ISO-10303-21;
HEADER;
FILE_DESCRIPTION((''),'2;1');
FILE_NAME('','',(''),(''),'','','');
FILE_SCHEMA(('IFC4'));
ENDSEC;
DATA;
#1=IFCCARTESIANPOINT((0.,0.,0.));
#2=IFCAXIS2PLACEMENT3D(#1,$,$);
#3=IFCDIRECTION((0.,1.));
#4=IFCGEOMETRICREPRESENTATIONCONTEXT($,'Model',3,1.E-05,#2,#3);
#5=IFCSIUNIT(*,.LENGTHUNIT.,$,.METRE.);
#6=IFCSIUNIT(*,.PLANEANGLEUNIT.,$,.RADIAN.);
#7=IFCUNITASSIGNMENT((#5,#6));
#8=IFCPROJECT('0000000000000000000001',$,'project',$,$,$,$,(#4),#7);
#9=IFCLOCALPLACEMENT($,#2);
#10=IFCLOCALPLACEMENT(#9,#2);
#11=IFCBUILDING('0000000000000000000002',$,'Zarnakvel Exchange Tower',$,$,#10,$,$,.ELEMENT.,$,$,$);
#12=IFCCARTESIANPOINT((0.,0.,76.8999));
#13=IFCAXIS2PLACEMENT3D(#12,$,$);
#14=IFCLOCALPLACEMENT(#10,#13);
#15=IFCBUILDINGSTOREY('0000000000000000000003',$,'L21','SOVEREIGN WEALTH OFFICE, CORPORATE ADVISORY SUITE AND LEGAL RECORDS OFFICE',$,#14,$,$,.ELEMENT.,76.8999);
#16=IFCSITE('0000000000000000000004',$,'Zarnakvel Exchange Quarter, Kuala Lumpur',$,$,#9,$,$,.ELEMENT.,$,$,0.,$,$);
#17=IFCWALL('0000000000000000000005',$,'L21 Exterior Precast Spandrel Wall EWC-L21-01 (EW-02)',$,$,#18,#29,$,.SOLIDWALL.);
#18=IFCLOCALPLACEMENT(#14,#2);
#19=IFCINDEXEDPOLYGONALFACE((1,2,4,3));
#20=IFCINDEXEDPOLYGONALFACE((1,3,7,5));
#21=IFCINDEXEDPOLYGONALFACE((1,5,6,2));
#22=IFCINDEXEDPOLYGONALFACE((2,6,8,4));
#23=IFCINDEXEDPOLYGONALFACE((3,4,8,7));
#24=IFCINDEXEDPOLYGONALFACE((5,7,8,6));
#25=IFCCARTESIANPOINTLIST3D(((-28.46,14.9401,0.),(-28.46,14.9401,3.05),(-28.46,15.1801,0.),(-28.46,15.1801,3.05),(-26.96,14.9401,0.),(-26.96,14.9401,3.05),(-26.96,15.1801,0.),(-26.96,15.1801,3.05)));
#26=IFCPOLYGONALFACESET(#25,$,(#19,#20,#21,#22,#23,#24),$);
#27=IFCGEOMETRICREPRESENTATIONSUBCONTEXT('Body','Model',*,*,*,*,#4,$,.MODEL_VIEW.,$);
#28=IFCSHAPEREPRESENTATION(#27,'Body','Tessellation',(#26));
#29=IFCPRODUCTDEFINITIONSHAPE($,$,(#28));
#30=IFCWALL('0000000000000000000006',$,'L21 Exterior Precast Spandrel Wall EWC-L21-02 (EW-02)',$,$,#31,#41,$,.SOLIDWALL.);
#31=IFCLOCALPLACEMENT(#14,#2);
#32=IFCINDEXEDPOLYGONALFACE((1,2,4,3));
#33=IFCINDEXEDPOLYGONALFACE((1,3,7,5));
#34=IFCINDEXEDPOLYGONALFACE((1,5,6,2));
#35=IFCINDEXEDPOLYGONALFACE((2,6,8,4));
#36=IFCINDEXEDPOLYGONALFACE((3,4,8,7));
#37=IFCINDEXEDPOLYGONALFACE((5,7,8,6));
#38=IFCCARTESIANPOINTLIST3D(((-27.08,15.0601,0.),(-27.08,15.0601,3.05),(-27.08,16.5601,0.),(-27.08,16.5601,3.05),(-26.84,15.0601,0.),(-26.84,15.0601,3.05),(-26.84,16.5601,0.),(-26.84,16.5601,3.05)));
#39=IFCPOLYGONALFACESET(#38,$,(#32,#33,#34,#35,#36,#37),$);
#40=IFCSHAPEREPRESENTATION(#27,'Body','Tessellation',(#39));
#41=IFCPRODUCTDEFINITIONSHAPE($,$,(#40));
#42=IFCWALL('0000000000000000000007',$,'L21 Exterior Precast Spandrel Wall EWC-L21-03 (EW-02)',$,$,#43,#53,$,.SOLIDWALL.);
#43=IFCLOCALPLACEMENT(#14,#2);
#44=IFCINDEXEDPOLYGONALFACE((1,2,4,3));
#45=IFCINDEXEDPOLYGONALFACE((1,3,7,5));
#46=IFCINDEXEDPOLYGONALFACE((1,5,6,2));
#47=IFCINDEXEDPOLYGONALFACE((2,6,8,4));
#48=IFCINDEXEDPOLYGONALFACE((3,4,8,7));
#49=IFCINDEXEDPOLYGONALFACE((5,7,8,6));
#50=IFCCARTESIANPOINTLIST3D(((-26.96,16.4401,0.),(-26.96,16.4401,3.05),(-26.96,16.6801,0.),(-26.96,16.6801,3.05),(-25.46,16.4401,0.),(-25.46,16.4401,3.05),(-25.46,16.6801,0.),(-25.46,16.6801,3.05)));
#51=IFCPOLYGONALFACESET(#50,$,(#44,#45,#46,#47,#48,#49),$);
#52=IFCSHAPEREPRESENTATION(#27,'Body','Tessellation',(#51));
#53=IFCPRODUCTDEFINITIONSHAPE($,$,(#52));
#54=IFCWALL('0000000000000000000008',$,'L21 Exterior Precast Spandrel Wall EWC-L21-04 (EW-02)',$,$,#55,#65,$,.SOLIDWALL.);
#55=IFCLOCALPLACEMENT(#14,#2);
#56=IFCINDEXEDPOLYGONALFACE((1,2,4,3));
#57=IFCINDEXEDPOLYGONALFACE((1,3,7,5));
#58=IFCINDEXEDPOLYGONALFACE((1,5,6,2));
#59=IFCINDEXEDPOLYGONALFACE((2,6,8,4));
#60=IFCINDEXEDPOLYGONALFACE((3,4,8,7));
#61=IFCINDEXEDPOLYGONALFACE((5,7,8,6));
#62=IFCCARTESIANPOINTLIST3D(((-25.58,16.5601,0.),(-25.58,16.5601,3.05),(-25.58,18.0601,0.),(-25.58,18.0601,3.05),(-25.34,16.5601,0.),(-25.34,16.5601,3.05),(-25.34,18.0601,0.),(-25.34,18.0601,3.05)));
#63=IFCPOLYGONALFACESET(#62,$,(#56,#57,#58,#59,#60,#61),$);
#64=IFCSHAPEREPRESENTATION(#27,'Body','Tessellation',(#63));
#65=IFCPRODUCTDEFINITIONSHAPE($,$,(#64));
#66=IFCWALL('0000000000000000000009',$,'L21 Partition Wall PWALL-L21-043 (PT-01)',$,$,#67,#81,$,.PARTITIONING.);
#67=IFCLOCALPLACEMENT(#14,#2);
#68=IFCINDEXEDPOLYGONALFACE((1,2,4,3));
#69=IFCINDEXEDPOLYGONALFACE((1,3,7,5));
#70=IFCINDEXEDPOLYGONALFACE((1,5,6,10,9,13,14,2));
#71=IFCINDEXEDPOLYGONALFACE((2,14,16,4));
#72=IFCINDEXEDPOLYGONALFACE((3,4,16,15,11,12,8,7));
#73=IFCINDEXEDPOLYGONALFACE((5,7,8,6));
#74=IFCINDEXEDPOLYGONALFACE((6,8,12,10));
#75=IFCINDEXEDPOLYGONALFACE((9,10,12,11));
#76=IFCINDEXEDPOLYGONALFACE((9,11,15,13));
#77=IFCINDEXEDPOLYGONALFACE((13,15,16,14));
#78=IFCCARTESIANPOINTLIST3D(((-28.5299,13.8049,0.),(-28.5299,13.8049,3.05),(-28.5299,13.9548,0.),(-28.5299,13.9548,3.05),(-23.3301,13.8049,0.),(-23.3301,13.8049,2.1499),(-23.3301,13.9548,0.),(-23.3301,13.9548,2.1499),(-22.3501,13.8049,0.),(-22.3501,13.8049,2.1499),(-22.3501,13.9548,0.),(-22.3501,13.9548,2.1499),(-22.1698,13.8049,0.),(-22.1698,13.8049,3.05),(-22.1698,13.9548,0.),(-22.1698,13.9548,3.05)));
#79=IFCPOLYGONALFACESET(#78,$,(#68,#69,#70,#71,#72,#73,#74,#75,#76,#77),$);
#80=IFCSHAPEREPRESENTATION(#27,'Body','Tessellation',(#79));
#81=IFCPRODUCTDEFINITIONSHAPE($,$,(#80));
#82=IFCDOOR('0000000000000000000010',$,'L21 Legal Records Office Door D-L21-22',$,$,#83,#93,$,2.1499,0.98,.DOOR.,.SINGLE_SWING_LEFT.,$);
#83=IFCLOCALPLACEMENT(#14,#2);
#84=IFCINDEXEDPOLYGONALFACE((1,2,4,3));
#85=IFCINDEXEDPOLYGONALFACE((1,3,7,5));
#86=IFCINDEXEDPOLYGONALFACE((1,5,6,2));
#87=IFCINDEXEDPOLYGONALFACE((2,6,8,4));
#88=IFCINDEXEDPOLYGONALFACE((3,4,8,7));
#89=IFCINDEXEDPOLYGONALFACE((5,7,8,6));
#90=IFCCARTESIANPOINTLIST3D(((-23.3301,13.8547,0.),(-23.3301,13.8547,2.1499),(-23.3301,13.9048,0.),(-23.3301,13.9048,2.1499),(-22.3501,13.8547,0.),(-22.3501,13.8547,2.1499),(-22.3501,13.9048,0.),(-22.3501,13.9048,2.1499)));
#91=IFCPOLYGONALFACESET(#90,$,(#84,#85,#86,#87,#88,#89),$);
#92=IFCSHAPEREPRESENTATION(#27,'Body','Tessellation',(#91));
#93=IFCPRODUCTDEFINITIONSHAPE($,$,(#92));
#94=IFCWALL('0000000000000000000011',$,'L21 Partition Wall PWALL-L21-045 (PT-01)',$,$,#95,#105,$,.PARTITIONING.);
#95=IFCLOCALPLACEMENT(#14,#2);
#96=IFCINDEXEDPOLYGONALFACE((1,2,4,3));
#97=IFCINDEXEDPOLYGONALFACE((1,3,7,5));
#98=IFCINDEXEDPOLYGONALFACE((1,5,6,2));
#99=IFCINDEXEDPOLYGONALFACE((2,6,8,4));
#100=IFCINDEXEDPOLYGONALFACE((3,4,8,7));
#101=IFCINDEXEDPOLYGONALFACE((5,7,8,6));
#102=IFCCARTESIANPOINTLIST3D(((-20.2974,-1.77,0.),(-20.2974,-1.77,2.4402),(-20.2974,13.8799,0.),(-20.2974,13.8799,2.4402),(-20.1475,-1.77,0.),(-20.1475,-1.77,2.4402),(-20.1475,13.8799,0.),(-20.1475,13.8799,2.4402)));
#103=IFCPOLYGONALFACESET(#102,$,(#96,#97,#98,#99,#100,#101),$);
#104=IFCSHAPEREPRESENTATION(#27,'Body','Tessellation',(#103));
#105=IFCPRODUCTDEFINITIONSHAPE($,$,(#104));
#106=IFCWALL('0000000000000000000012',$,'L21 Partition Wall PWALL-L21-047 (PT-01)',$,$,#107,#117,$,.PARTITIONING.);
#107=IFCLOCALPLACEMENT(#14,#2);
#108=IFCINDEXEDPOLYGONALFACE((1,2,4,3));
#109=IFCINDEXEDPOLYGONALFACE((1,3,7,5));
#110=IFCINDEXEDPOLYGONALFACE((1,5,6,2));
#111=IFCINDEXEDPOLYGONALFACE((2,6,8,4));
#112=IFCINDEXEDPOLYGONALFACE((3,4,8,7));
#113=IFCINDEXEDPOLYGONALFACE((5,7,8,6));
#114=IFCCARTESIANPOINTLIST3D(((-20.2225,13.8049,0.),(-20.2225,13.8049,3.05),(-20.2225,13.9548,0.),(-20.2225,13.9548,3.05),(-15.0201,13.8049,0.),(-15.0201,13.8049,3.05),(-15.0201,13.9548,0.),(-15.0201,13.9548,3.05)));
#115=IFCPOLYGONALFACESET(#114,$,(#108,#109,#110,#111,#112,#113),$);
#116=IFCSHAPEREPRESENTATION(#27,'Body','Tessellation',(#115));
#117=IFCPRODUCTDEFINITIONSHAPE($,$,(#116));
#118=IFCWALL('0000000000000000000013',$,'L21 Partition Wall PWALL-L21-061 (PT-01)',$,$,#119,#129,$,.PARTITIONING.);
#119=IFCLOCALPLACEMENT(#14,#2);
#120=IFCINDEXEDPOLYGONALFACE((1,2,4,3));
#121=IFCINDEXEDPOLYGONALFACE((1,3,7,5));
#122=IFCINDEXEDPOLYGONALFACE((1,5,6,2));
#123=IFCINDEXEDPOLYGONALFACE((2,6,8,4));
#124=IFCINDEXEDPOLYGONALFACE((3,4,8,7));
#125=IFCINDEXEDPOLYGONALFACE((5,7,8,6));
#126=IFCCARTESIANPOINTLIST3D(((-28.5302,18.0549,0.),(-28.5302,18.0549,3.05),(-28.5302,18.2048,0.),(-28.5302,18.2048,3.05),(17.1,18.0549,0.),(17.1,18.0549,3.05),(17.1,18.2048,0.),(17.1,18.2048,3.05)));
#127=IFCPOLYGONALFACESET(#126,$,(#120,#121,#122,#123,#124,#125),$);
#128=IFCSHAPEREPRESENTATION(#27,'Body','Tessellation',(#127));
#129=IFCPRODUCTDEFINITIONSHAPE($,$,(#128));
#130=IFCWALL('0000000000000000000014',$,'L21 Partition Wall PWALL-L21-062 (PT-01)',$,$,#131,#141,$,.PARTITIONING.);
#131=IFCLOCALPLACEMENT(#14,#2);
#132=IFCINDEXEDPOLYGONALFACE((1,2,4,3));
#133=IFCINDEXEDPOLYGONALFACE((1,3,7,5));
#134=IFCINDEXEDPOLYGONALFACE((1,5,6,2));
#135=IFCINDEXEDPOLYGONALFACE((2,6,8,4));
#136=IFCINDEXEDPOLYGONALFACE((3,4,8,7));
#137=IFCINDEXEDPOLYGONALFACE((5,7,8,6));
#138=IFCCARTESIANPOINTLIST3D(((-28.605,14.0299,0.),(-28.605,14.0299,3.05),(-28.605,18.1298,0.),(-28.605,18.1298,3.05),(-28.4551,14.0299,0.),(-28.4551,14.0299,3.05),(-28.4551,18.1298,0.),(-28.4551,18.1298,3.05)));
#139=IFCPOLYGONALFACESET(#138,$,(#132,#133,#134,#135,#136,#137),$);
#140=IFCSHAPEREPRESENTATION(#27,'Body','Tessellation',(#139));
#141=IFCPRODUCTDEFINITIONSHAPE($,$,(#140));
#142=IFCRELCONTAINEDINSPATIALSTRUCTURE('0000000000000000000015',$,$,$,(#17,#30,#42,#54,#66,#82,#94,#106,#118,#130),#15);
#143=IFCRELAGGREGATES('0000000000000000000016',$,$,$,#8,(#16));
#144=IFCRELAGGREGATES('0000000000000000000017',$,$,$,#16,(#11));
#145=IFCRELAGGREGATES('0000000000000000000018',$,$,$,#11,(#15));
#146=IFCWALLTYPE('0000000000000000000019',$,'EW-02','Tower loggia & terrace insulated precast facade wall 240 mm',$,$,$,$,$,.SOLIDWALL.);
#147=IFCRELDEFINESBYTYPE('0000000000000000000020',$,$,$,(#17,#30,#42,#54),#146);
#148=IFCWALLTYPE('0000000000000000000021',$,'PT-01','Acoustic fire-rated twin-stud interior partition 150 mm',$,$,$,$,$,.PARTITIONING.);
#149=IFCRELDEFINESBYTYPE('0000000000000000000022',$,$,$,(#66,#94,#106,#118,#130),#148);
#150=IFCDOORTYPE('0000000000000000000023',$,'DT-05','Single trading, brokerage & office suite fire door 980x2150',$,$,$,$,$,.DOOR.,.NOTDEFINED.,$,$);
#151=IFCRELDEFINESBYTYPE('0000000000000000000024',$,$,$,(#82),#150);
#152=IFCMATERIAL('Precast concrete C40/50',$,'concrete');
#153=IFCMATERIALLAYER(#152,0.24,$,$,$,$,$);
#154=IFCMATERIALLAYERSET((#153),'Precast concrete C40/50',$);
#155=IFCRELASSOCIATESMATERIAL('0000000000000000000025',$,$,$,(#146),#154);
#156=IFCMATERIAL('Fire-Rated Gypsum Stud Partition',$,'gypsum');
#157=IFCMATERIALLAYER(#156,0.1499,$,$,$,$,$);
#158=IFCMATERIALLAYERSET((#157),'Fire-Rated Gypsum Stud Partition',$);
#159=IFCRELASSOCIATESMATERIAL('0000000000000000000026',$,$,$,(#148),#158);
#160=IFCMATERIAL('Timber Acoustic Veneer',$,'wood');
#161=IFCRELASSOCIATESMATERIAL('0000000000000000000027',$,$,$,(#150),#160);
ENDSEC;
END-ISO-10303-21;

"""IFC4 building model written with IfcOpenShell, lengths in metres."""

from ifc_helpers import new_model, si_unit, direction, frame, frame_2d, origin, place, context, subcontext, project, spatial, rectangle, extrude, source, transform, mapped, material, layer, layer_set, type_object, element, fill, save


model = new_model("IFC4")

# Units and contexts
model_context = context("Model", 3, precision=1e-05, world=origin(), true_north=direction((0.0, 1.0)))
body_context = subcontext(model_context, "Body", "Model", "MODEL_VIEW")
ifc_project = project(units=[si_unit("LENGTHUNIT", "METRE"), si_unit("PLANEANGLEUNIT", "RADIAN")], contexts=[model_context])

# Site, building, storey
site_placement = place(None, origin())
site = spatial("IfcSite", under=ifc_project, at=site_placement, Name="Zarnakvel Exchange Quarter, Kuala Lumpur", CompositionType="ELEMENT", RefElevation=0.0)
building_placement = place(site_placement, origin())
building = spatial("IfcBuilding", under=site, at=building_placement, Name="Zarnakvel Exchange Tower", CompositionType="ELEMENT")
storey_placement = place(building_placement, frame((0.0, 0.0, 76.8999)))
storey = spatial("IfcBuildingStorey", under=building, at=storey_placement, Name="L21", Description="SOVEREIGN WEALTH OFFICE, CORPORATE ADVISORY SUITE AND LEGAL RECORDS OFFICE", CompositionType="ELEMENT", Elevation=76.8999)

# Walls
ifc_material_1 = material(Name="Precast concrete C40/50", Category="concrete")
ifc_layer_1 = layer(ifc_material_1, 0.24)
ifc_layer_set_1 = layer_set([ifc_layer_1], Name="Precast concrete C40/50")
wall_type_1 = type_object("IfcWallType", Name="EW-02", Description="Tower loggia & terrace insulated precast facade wall 240 mm", PredefinedType="SOLIDWALL", material=ifc_layer_set_1)
for number, where, z_axis, x_axis, name in (
    (1, (-26.96, 15.0601, 0.0), (0.0, 0.0, 1.0), (-1.0, 0.0, 0.0), "L21 Exterior Precast Spandrel Wall EWC-L21-01 (EW-02)"),
    (2, (-26.96, 16.5601, 0.0), (0.0, 0.0, 1.0), (0.0, -1.0, 0.0), "L21 Exterior Precast Spandrel Wall EWC-L21-02 (EW-02)"),
    (3, (-25.46, 16.5601, 0.0), (0.0, 0.0, 1.0), (-1.0, 0.0, 0.0), "L21 Exterior Precast Spandrel Wall EWC-L21-03 (EW-02)"),
    (4, (-25.46, 18.0601, 0.0), (0.0, 0.0, 1.0), (0.0, -1.0, 0.0), "L21 Exterior Precast Spandrel Wall EWC-L21-04 (EW-02)"),
):
    element("IfcWall", number, at=place(storey_placement, frame(where, z_axis=z_axis, x_axis=x_axis)), inside=storey, type_object=wall_type_1, Name=name, PredefinedType="SOLIDWALL", context=body_context, shape_type="SweptSolid", body=[
        extrude(rectangle(XDim=1.5, YDim=0.24, at=frame_2d((0.75, 0.0))), origin(), (0.0, 0.0, 1.0), 3.05),
    ])

# Wall, opening, door
ifc_material_2 = material(Name="Fire-Rated Gypsum Stud Partition", Category="gypsum")
ifc_layer_2 = layer(ifc_material_2, 0.1499)
ifc_layer_set_2 = layer_set([ifc_layer_2], Name="Fire-Rated Gypsum Stud Partition")
wall_type_2 = type_object("IfcWallType", Name="PT-01", Description="Acoustic fire-rated twin-stud interior partition 150 mm", PredefinedType="PARTITIONING", material=ifc_layer_set_2)
wall_1_placement = place(storey_placement, frame((-28.53, 13.8799, 0.0), z_axis=(0.0, 0.0, 1.0), x_axis=(1.0, 0.0, 0.0)))
wall_1 = element("IfcWall", 5, at=wall_1_placement, inside=storey, type_object=wall_type_2, Name="L21 Partition Wall PWALL-L21-043 (PT-01)", PredefinedType="PARTITIONING", context=body_context, shape_type="SweptSolid", body=[
    extrude(rectangle(XDim=6.3601, YDim=0.1499, at=frame_2d((3.1802, 0.0))), origin(), (0.0, 0.0, 1.0), 3.05),
])
opening_placement = place(wall_1_placement, frame((5.2, 0.0, 0.0)))
opening = element("IfcOpeningElement", 6, at=opening_placement, cuts=wall_1, PredefinedType="OPENING", context=body_context, shape_type="SweptSolid", body=[
    extrude(rectangle(XDim=0.98, YDim=2.1499, at=frame_2d((0.49, 1.075))), frame((0.0, 0.085, 0.0), z_axis=(0.0, -1.0, 0.0), x_axis=(1.0, 0.0, 0.0)), (0.0, 0.0, 1.0), 0.1699),
])
ifc_material_3 = material(Name="Timber Acoustic Veneer", Category="wood")
door_type = type_object("IfcDoorType", Name="DT-05", Description="Single trading, brokerage & office suite fire door 980x2150", OperationType="NOTDEFINED", PredefinedType="DOOR", material=ifc_material_3)
shared_shape_1 = source(origin(), body_context, "Body", "SweptSolid", [
    extrude(rectangle(XDim=0.98, YDim=2.1499, at=frame_2d((0.49, 1.075))), frame((0.0, 0.0249, 0.0), z_axis=(0.0, -1.0, 0.0), x_axis=(1.0, 0.0, 0.0)), (0.0, 0.0, 1.0), 0.05),
])
door_placement = place(opening_placement, origin())
door = element("IfcDoor", 7, at=door_placement, inside=storey, type_object=door_type, Name="L21 Legal Records Office Door D-L21-22", OperationType="SINGLE_SWING_LEFT", OverallHeight=2.1499, OverallWidth=0.98, PredefinedType="DOOR", context=body_context, shape_type="MappedRepresentation", body=[
    mapped(shared_shape_1, transform((0.0, 0.0, 0.0), x_axis=(1.0, 0.0, 0.0), y_axis=(0.0, 1.0, 0.0), z_axis=(0.0, 0.0, 1.0), scale=1.0)),
])
fill(opening, door)

# Walls
wall_2_placement = place(storey_placement, frame((-20.2224, 13.8799, 0.0), z_axis=(0.0, 0.0, 1.0), x_axis=(0.0, -1.0, 0.0)))
element("IfcWall", 8, at=wall_2_placement, inside=storey, type_object=wall_type_2, Name="L21 Partition Wall PWALL-L21-045 (PT-01)", PredefinedType="PARTITIONING", context=body_context, shape_type="SweptSolid", body=[
    extrude(rectangle(XDim=15.6499, YDim=0.1499, at=frame_2d((7.825, 0.0))), origin(), (0.0, 0.0, 1.0), 2.4402),
])
wall_3_placement = place(storey_placement, frame((-20.2224, 13.8799, 0.0), z_axis=(0.0, 0.0, 1.0), x_axis=(1.0, 0.0, 0.0)))
element("IfcWall", 9, at=wall_3_placement, inside=storey, type_object=wall_type_2, Name="L21 Partition Wall PWALL-L21-047 (PT-01)", PredefinedType="PARTITIONING", context=body_context, shape_type="SweptSolid", body=[
    extrude(rectangle(XDim=5.2024, YDim=0.1499, at=frame_2d((2.6011, 0.0))), origin(), (0.0, 0.0, 1.0), 3.05),
])
wall_4_placement = place(storey_placement, frame((-28.53, 18.1299, 0.0), z_axis=(0.0, 0.0, 1.0), x_axis=(1.0, 0.0, 0.0)))
element("IfcWall", 10, at=wall_4_placement, inside=storey, type_object=wall_type_2, Name="L21 Partition Wall PWALL-L21-061 (PT-01)", PredefinedType="PARTITIONING", context=body_context, shape_type="SweptSolid", body=[
    extrude(rectangle(XDim=45.6301, YDim=0.1499, at=frame_2d((22.8149, 0.0))), origin(), (0.0, 0.0, 1.0), 3.05),
])
wall_5_placement = place(storey_placement, frame((-28.53, 14.03, 0.0), z_axis=(0.0, 0.0, 1.0), x_axis=(0.0, 1.0, 0.0)))
element("IfcWall", 11, at=wall_5_placement, inside=storey, type_object=wall_type_2, Name="L21 Partition Wall PWALL-L21-062 (PT-01)", PredefinedType="PARTITIONING", context=body_context, shape_type="SweptSolid", body=[
    extrude(rectangle(XDim=4.0999, YDim=0.1499, at=frame_2d((2.0498, 0.0))), origin(), (0.0, 0.0, 1.0), 3.05),
])

save(model, "model.ifc")
